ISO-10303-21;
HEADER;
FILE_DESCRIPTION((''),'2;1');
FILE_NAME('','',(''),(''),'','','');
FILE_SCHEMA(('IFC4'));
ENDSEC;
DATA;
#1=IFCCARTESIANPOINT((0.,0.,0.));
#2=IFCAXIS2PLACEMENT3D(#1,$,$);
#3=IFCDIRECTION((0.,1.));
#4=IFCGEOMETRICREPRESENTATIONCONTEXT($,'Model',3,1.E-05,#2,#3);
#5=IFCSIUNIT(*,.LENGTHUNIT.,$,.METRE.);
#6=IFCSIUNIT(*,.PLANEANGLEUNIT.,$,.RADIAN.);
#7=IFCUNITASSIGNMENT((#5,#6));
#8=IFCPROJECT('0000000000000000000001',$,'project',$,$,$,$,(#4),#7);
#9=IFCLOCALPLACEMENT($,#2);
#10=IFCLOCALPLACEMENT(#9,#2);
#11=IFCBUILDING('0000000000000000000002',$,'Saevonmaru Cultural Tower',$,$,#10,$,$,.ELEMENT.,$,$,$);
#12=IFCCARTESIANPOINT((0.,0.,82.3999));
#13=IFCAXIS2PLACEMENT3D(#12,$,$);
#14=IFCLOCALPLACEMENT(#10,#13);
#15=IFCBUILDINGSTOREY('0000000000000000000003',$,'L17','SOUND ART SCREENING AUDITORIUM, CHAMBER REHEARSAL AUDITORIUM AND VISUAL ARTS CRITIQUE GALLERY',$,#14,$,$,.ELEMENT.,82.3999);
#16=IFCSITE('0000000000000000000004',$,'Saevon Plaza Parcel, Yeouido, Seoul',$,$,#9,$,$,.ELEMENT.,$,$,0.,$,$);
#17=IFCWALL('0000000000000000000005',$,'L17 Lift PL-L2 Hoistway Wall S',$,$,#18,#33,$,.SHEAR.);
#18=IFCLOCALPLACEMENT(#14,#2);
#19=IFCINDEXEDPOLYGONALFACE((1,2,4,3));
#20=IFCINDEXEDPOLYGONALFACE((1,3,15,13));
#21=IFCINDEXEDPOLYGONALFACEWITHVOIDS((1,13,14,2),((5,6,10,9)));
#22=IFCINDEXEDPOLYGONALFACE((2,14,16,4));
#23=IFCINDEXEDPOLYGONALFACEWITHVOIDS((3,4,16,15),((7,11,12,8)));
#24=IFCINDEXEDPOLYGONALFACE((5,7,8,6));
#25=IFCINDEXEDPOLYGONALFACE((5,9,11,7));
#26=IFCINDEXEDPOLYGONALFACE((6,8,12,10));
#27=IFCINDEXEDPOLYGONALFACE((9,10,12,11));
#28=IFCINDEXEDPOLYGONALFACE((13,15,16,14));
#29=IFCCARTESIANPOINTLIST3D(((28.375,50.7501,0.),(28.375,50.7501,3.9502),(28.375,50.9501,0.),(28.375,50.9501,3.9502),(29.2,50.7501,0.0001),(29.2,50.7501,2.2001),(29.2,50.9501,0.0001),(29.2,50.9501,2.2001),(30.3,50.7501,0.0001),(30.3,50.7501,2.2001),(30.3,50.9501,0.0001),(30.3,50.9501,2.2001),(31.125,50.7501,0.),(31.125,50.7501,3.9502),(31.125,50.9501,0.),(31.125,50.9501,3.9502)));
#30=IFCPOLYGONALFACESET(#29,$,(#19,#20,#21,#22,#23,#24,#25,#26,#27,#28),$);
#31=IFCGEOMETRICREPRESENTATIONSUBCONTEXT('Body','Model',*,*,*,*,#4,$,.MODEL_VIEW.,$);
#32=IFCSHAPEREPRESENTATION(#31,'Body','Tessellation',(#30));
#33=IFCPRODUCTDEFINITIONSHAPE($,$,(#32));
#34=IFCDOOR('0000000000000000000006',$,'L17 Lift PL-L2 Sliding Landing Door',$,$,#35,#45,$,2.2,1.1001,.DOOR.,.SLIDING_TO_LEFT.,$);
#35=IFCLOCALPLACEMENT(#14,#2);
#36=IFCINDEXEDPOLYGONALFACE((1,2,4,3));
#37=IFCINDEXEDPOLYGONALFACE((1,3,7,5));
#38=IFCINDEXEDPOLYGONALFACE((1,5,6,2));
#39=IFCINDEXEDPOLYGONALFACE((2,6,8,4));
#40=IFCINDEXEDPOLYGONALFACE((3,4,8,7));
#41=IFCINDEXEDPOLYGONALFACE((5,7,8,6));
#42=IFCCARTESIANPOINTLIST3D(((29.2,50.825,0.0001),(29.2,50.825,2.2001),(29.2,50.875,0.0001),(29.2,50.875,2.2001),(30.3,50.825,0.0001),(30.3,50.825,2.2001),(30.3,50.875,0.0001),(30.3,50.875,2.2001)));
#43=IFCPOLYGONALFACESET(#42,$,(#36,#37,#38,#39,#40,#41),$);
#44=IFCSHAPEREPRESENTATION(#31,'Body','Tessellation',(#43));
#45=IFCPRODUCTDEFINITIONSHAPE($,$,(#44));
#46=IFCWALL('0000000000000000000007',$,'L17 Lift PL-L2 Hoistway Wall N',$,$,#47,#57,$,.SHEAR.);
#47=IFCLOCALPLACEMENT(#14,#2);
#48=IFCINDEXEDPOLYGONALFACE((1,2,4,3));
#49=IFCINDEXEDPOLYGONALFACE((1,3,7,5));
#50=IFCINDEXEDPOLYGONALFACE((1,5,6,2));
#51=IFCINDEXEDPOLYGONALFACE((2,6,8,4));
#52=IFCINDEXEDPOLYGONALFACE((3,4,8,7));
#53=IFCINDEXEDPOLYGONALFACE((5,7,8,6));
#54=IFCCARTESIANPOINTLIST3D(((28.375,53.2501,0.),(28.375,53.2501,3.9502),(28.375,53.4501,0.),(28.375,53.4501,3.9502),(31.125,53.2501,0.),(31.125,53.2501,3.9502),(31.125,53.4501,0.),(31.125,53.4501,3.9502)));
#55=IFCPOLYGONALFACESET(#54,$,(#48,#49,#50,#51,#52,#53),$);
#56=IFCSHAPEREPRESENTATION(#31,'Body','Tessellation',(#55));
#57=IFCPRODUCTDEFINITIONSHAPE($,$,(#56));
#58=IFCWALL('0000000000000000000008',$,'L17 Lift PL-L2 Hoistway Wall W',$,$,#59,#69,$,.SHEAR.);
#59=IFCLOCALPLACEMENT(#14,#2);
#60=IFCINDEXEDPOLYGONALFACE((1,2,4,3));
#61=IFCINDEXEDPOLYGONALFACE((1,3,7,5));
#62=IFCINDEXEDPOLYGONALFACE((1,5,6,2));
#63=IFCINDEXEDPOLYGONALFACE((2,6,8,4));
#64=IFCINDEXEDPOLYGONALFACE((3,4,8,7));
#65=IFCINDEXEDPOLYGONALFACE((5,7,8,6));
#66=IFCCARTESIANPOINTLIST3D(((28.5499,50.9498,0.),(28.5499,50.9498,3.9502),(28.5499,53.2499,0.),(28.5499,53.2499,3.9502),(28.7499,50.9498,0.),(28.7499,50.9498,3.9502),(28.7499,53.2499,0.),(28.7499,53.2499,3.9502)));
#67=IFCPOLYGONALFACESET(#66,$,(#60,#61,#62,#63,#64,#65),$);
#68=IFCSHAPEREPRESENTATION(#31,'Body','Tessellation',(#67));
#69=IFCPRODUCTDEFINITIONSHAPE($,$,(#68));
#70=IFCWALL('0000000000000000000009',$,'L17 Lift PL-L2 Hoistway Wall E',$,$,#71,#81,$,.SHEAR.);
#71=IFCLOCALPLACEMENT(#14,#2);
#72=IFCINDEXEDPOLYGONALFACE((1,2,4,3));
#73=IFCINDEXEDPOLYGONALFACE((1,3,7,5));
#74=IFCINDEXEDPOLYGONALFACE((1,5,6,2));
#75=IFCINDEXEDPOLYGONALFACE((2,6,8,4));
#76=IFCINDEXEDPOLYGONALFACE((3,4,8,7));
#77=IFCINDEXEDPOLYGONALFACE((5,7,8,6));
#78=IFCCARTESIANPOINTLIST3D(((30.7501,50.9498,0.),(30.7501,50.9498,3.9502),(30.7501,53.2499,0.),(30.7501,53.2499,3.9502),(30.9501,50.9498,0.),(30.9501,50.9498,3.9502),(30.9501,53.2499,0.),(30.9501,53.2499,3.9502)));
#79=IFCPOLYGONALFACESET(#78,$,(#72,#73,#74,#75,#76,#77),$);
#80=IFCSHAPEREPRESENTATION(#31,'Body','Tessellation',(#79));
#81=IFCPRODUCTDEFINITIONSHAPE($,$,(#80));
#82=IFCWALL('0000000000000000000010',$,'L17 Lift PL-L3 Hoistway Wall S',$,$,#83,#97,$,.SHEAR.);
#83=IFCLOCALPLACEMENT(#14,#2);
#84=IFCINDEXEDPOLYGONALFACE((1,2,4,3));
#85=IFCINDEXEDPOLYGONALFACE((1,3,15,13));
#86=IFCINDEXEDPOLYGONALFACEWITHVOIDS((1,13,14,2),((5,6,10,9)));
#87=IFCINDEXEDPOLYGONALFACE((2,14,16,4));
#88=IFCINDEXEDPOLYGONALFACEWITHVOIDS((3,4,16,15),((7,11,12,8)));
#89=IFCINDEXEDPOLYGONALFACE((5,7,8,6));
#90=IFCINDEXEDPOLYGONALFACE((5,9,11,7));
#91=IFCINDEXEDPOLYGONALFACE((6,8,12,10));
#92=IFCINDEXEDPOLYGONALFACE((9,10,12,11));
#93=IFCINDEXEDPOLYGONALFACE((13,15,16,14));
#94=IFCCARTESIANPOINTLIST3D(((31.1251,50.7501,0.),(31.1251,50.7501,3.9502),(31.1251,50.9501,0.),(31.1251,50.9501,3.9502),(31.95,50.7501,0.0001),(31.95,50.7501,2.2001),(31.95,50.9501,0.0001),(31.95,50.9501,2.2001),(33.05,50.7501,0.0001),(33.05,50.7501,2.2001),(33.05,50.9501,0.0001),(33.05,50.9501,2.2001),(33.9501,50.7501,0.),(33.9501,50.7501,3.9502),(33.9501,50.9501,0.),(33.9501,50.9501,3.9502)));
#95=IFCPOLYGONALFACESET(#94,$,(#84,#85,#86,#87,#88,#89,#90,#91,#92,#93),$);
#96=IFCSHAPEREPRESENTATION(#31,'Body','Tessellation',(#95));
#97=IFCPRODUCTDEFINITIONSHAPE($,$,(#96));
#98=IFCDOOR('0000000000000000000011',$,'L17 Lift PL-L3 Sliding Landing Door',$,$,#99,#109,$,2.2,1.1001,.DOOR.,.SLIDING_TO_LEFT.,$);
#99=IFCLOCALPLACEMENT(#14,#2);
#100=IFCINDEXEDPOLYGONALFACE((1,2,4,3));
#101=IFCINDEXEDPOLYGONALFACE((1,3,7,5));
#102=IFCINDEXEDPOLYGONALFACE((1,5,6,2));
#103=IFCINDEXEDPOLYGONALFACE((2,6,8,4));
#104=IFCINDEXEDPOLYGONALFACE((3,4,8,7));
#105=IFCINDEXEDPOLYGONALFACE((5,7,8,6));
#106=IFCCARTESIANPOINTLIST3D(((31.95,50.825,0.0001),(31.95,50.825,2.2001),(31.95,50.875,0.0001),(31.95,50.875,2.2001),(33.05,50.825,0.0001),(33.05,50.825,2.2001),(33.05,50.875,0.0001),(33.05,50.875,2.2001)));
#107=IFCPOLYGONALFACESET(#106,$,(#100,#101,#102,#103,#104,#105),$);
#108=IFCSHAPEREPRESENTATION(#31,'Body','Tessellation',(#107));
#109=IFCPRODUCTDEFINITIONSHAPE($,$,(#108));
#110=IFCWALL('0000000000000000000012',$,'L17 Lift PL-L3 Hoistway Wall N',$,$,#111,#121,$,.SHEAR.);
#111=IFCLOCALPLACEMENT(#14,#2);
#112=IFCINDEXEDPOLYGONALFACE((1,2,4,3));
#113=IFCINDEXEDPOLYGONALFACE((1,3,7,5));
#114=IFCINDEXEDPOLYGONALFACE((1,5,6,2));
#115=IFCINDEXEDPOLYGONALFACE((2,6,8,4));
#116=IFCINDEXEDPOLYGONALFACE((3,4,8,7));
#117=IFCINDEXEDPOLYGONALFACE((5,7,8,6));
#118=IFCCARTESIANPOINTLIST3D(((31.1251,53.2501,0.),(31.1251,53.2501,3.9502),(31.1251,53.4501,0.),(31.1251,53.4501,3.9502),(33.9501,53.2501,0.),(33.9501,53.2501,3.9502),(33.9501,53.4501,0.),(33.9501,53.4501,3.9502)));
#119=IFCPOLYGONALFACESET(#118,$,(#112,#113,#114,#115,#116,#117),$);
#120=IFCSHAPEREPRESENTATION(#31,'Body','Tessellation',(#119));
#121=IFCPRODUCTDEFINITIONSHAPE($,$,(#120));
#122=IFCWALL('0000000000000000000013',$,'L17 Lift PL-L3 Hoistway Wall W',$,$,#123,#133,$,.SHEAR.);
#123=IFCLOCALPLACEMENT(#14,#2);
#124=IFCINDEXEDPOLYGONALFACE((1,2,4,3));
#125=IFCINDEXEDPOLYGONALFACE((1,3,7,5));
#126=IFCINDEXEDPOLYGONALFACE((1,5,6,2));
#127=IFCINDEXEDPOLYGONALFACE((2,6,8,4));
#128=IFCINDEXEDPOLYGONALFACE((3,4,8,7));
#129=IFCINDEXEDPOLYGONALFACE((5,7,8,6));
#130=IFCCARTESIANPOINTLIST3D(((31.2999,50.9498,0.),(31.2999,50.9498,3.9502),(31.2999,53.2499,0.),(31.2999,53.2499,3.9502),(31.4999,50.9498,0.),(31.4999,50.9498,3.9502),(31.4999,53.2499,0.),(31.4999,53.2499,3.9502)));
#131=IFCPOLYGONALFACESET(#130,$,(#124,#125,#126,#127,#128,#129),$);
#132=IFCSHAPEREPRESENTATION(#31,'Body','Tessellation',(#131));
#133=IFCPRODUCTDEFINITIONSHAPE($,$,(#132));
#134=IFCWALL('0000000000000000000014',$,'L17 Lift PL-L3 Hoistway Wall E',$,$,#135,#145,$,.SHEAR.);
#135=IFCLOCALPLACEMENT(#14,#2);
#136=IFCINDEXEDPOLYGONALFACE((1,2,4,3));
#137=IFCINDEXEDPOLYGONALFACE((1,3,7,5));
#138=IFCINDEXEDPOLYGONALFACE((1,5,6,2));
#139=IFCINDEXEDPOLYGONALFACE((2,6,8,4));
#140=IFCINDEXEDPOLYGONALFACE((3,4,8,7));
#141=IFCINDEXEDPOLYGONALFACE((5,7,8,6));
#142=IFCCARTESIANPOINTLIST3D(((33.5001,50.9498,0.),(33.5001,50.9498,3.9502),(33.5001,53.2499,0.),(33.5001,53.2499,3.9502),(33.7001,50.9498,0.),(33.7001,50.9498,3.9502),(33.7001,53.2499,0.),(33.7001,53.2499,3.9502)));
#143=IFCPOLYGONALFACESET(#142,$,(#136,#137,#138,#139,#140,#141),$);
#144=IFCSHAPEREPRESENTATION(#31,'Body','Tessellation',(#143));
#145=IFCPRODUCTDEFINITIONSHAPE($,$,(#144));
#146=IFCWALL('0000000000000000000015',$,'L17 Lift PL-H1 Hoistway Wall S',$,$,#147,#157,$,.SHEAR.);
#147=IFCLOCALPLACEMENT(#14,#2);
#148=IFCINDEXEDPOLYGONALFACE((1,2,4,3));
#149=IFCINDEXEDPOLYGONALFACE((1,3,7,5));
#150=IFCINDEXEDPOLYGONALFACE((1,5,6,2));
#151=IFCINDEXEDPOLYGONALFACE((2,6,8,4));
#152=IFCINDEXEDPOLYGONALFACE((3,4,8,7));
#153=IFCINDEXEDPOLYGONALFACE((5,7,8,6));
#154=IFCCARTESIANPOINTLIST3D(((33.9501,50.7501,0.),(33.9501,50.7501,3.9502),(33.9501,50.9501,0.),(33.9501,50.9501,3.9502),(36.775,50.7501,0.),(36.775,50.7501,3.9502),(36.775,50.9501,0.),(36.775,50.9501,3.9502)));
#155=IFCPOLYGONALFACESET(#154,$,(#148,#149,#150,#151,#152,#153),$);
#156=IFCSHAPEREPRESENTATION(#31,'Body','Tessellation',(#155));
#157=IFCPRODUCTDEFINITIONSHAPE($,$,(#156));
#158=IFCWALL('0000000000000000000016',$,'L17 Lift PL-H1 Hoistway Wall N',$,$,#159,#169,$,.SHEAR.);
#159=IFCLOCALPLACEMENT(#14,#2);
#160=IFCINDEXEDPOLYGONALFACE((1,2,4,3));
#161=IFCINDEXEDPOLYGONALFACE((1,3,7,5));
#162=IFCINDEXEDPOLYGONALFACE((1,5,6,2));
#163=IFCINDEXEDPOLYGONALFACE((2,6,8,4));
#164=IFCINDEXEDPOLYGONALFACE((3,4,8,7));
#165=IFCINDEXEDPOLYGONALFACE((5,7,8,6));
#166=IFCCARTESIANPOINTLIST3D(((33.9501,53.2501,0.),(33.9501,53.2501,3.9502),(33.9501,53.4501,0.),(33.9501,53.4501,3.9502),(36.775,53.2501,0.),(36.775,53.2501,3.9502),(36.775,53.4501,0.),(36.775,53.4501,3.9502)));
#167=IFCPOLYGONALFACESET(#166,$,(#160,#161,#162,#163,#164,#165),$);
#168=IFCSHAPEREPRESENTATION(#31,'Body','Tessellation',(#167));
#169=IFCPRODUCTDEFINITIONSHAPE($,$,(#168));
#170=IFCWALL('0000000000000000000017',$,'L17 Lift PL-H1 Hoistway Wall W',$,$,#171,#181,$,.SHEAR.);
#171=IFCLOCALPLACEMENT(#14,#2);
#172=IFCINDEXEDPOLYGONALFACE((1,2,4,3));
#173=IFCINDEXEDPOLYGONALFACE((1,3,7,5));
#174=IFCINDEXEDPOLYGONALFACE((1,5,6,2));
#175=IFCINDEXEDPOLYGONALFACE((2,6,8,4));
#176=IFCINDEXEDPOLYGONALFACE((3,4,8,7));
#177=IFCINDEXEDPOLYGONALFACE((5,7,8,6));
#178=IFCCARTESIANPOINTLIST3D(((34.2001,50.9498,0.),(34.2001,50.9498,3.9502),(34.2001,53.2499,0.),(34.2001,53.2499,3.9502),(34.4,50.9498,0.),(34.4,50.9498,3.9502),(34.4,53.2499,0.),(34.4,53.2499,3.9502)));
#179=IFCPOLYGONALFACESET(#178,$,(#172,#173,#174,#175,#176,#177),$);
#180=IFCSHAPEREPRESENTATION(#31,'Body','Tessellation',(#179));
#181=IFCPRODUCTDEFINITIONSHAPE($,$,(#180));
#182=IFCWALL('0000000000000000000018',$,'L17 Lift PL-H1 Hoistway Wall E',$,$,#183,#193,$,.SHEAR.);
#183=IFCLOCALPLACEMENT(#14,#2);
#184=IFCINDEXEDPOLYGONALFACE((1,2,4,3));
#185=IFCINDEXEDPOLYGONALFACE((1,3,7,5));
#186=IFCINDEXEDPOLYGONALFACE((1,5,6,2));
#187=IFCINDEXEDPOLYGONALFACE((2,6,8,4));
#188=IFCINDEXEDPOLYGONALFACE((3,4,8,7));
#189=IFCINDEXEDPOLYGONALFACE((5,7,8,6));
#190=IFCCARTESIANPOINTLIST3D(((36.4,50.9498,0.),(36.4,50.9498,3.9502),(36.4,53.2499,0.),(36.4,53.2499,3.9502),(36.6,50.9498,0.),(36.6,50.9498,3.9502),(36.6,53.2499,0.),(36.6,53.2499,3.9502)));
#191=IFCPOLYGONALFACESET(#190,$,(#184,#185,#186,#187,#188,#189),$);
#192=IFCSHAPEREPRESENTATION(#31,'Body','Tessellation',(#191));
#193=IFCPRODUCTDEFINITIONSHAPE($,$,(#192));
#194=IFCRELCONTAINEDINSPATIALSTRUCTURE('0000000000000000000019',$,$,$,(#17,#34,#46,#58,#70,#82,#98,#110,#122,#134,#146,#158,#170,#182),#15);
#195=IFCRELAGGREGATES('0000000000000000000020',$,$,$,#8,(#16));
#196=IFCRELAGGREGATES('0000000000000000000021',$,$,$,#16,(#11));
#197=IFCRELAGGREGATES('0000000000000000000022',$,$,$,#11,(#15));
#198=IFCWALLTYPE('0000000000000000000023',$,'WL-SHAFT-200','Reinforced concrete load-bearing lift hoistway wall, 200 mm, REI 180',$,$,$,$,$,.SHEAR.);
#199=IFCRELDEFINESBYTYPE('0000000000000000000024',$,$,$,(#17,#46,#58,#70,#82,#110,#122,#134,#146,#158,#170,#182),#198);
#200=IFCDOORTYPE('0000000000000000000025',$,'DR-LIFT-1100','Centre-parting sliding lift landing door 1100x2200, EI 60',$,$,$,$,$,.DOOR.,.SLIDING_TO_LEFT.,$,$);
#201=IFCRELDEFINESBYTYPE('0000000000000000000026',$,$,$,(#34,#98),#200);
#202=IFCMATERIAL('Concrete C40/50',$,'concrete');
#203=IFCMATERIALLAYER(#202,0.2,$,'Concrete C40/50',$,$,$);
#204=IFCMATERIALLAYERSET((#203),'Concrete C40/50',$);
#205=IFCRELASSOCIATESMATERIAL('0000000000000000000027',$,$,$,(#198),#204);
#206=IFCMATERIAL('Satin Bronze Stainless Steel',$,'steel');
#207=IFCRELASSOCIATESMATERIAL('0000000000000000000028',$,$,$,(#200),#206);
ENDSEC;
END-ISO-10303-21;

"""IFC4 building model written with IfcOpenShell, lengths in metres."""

from ifc_helpers import new_model, si_unit, direction, frame, frame_2d, origin, place, context, subcontext, project, spatial, rectangle, extrude, material, layer, layer_set, type_object, element, fill, save


model = new_model("IFC4")

# Units and contexts
model_context = context("Model", 3, precision=1e-05, world=origin(), true_north=direction((0.0, 1.0)))
body_context = subcontext(model_context, "Body", "Model", "MODEL_VIEW")
ifc_project = project(units=[si_unit("LENGTHUNIT", "METRE"), si_unit("PLANEANGLEUNIT", "RADIAN")], contexts=[model_context])

# Site, building, storey
site_placement = place(None, origin())
site = spatial("IfcSite", under=ifc_project, at=site_placement, Name="Saevon Plaza Parcel, Yeouido, Seoul", CompositionType="ELEMENT", RefElevation=0.0)
building_placement = place(site_placement, origin())
building = spatial("IfcBuilding", under=site, at=building_placement, Name="Saevonmaru Cultural Tower", CompositionType="ELEMENT")
storey_placement = place(building_placement, frame((0.0, 0.0, 82.3999)))
storey = spatial("IfcBuildingStorey", under=building, at=storey_placement, Name="L17", Description="SOUND ART SCREENING AUDITORIUM, CHAMBER REHEARSAL AUDITORIUM AND VISUAL ARTS CRITIQUE GALLERY", CompositionType="ELEMENT", Elevation=82.3999)

# Shared definitions
ifc_material_1 = material(Name="Concrete C40/50", Category="concrete")
ifc_layer_1 = layer(ifc_material_1, 0.2, Name="Concrete C40/50")
ifc_layer_set_1 = layer_set([ifc_layer_1], Name="Concrete C40/50")
wall_type_1 = type_object("IfcWallType", Name="WL-SHAFT-200", Description="Reinforced concrete load-bearing lift hoistway wall, 200 mm, REI 180", PredefinedType="SHEAR", material=ifc_layer_set_1)

# Wall, opening, door
wall_1_placement = place(storey_placement, frame((28.375, 50.8501, 0.0), z_axis=(0.0, 0.0, 1.0), x_axis=(1.0, 0.0, 0.0)))
wall_1 = element("IfcWall", 1, at=wall_1_placement, inside=storey, type_object=wall_type_1, Name="L17 Lift PL-L2 Hoistway Wall S", PredefinedType="SHEAR", context=body_context, shape_type="SweptSolid", body=[
    extrude(rectangle(XDim=2.75, YDim=0.2, at=frame_2d((1.375, 0.0))), origin(), (0.0, 0.0, 1.0), 3.9502),
])
opening_1_placement = place(wall_1_placement, frame((0.825, 0.0, 0.0)))
opening_1 = element("IfcOpeningElement", 2, at=opening_1_placement, cuts=wall_1, PredefinedType="OPENING", context=body_context, shape_type="SweptSolid", body=[
    extrude(rectangle(XDim=1.1001, YDim=2.2, at=frame_2d((0.55, 1.1001))), frame((0.0, 0.1099, 0.0), z_axis=(0.0, -1.0, 0.0), x_axis=(1.0, 0.0, 0.0)), (0.0, 0.0, 1.0), 0.22),
])
ifc_material_2 = material(Name="Satin Bronze Stainless Steel", Category="steel")
door_type_1 = type_object("IfcDoorType", Name="DR-LIFT-1100", Description="Centre-parting sliding lift landing door 1100x2200, EI 60", OperationType="SLIDING_TO_LEFT", PredefinedType="DOOR", material=ifc_material_2)
door_1_placement = place(opening_1_placement, origin())
door_1 = element("IfcDoor", 3, at=door_1_placement, inside=storey, type_object=door_type_1, Name="L17 Lift PL-L2 Sliding Landing Door", OperationType="SLIDING_TO_LEFT", OverallHeight=2.2, OverallWidth=1.1001, PredefinedType="DOOR", context=body_context, shape_type="SweptSolid", body=[
    extrude(rectangle(XDim=1.1001, YDim=2.2, at=frame_2d((0.55, 1.1001))), frame((0.0, 0.0249, 0.0), z_axis=(0.0, -1.0, 0.0), x_axis=(1.0, 0.0, 0.0)), (0.0, 0.0, 1.0), 0.05),
])
fill(opening_1, door_1)

# Walls
wall_2_placement = place(storey_placement, frame((28.375, 53.3501, 0.0), z_axis=(0.0, 0.0, 1.0), x_axis=(1.0, 0.0, 0.0)))
element("IfcWall", 4, at=wall_2_placement, inside=storey, type_object=wall_type_1, Name="L17 Lift PL-L2 Hoistway Wall N", PredefinedType="SHEAR", context=body_context, shape_type="SweptSolid", body=[
    extrude(rectangle(XDim=2.75, YDim=0.2, at=frame_2d((1.375, 0.0))), origin(), (0.0, 0.0, 1.0), 3.9502),
])
for number, where, z_axis, x_axis, name in (
    (5, (28.6499, 50.95, 0.0), (0.0, 0.0, 1.0), (0.0, 1.0, 0.0), "L17 Lift PL-L2 Hoistway Wall W"),
    (6, (30.8501, 50.95, 0.0), (0.0, 0.0, 1.0), (0.0, 1.0, 0.0), "L17 Lift PL-L2 Hoistway Wall E"),
):
    element("IfcWall", number, at=place(storey_placement, frame(where, z_axis=z_axis, x_axis=x_axis)), inside=storey, type_object=wall_type_1, Name=name, PredefinedType="SHEAR", context=body_context, shape_type="SweptSolid", body=[
        extrude(rectangle(XDim=2.3, YDim=0.2, at=frame_2d((1.1499, 0.0))), origin(), (0.0, 0.0, 1.0), 3.9502),
    ])

# Wall, opening, door
wall_3_placement = place(storey_placement, frame((31.125, 50.8501, 0.0), z_axis=(0.0, 0.0, 1.0), x_axis=(1.0, 0.0, 0.0)))
wall_3 = element("IfcWall", 7, at=wall_3_placement, inside=storey, type_object=wall_type_1, Name="L17 Lift PL-L3 Hoistway Wall S", PredefinedType="SHEAR", context=body_context, shape_type="SweptSolid", body=[
    extrude(rectangle(XDim=2.825, YDim=0.2, at=frame_2d((1.4126, 0.0))), origin(), (0.0, 0.0, 1.0), 3.9502),
])
opening_2_placement = place(wall_3_placement, frame((0.825, 0.0, 0.0)))
opening_2 = element("IfcOpeningElement", 8, at=opening_2_placement, cuts=wall_3, PredefinedType="OPENING", context=body_context, shape_type="SweptSolid", body=[
    extrude(rectangle(XDim=1.1001, YDim=2.2, at=frame_2d((0.55, 1.1001))), frame((0.0, 0.1099, 0.0), z_axis=(0.0, -1.0, 0.0), x_axis=(1.0, 0.0, 0.0)), (0.0, 0.0, 1.0), 0.22),
])
door_2_placement = place(opening_2_placement, origin())
door_2 = element("IfcDoor", 9, at=door_2_placement, inside=storey, type_object=door_type_1, Name="L17 Lift PL-L3 Sliding Landing Door", OperationType="SLIDING_TO_LEFT", OverallHeight=2.2, OverallWidth=1.1001, PredefinedType="DOOR", context=body_context, shape_type="SweptSolid", body=[
    extrude(rectangle(XDim=1.1001, YDim=2.2, at=frame_2d((0.55, 1.1001))), frame((0.0, 0.0249, 0.0), z_axis=(0.0, -1.0, 0.0), x_axis=(1.0, 0.0, 0.0)), (0.0, 0.0, 1.0), 0.05),
])
fill(opening_2, door_2)

# Walls
wall_4_placement = place(storey_placement, frame((31.125, 53.3501, 0.0), z_axis=(0.0, 0.0, 1.0), x_axis=(1.0, 0.0, 0.0)))
element("IfcWall", 10, at=wall_4_placement, inside=storey, type_object=wall_type_1, Name="L17 Lift PL-L3 Hoistway Wall N", PredefinedType="SHEAR", context=body_context, shape_type="SweptSolid", body=[
    extrude(rectangle(XDim=2.825, YDim=0.2, at=frame_2d((1.4126, 0.0))), origin(), (0.0, 0.0, 1.0), 3.9502),
])
for number, where, z_axis, x_axis, name in (
    (11, (31.3999, 50.95, 0.0), (0.0, 0.0, 1.0), (0.0, 1.0, 0.0), "L17 Lift PL-L3 Hoistway Wall W"),
    (12, (33.6001, 50.95, 0.0), (0.0, 0.0, 1.0), (0.0, 1.0, 0.0), "L17 Lift PL-L3 Hoistway Wall E"),
):
    element("IfcWall", number, at=place(storey_placement, frame(where, z_axis=z_axis, x_axis=x_axis)), inside=storey, type_object=wall_type_1, Name=name, PredefinedType="SHEAR", context=body_context, shape_type="SweptSolid", body=[
        extrude(rectangle(XDim=2.3, YDim=0.2, at=frame_2d((1.1499, 0.0))), origin(), (0.0, 0.0, 1.0), 3.9502),
    ])
for number, where, z_axis, x_axis, name in (
    (13, (33.95, 50.8501, 0.0), (0.0, 0.0, 1.0), (1.0, 0.0, 0.0), "L17 Lift PL-H1 Hoistway Wall S"),
    (14, (33.95, 53.3501, 0.0), (0.0, 0.0, 1.0), (1.0, 0.0, 0.0), "L17 Lift PL-H1 Hoistway Wall N"),
):
    element("IfcWall", number, at=place(storey_placement, frame(where, z_axis=z_axis, x_axis=x_axis)), inside=storey, type_object=wall_type_1, Name=name, PredefinedType="SHEAR", context=body_context, shape_type="SweptSolid", body=[
        extrude(rectangle(XDim=2.825, YDim=0.2, at=frame_2d((1.4126, 0.0))), origin(), (0.0, 0.0, 1.0), 3.9502),
    ])
for number, where, z_axis, x_axis, name in (
    (15, (34.3, 50.95, 0.0), (0.0, 0.0, 1.0), (0.0, 1.0, 0.0), "L17 Lift PL-H1 Hoistway Wall W"),
    (16, (36.5, 50.95, 0.0), (0.0, 0.0, 1.0), (0.0, 1.0, 0.0), "L17 Lift PL-H1 Hoistway Wall E"),
):
    element("IfcWall", number, at=place(storey_placement, frame(where, z_axis=z_axis, x_axis=x_axis)), inside=storey, type_object=wall_type_1, Name=name, PredefinedType="SHEAR", context=body_context, shape_type="SweptSolid", body=[
        extrude(rectangle(XDim=2.3, YDim=0.2, at=frame_2d((1.1499, 0.0))), origin(), (0.0, 0.0, 1.0), 3.9502),
    ])

save(model, "model.ifc")
